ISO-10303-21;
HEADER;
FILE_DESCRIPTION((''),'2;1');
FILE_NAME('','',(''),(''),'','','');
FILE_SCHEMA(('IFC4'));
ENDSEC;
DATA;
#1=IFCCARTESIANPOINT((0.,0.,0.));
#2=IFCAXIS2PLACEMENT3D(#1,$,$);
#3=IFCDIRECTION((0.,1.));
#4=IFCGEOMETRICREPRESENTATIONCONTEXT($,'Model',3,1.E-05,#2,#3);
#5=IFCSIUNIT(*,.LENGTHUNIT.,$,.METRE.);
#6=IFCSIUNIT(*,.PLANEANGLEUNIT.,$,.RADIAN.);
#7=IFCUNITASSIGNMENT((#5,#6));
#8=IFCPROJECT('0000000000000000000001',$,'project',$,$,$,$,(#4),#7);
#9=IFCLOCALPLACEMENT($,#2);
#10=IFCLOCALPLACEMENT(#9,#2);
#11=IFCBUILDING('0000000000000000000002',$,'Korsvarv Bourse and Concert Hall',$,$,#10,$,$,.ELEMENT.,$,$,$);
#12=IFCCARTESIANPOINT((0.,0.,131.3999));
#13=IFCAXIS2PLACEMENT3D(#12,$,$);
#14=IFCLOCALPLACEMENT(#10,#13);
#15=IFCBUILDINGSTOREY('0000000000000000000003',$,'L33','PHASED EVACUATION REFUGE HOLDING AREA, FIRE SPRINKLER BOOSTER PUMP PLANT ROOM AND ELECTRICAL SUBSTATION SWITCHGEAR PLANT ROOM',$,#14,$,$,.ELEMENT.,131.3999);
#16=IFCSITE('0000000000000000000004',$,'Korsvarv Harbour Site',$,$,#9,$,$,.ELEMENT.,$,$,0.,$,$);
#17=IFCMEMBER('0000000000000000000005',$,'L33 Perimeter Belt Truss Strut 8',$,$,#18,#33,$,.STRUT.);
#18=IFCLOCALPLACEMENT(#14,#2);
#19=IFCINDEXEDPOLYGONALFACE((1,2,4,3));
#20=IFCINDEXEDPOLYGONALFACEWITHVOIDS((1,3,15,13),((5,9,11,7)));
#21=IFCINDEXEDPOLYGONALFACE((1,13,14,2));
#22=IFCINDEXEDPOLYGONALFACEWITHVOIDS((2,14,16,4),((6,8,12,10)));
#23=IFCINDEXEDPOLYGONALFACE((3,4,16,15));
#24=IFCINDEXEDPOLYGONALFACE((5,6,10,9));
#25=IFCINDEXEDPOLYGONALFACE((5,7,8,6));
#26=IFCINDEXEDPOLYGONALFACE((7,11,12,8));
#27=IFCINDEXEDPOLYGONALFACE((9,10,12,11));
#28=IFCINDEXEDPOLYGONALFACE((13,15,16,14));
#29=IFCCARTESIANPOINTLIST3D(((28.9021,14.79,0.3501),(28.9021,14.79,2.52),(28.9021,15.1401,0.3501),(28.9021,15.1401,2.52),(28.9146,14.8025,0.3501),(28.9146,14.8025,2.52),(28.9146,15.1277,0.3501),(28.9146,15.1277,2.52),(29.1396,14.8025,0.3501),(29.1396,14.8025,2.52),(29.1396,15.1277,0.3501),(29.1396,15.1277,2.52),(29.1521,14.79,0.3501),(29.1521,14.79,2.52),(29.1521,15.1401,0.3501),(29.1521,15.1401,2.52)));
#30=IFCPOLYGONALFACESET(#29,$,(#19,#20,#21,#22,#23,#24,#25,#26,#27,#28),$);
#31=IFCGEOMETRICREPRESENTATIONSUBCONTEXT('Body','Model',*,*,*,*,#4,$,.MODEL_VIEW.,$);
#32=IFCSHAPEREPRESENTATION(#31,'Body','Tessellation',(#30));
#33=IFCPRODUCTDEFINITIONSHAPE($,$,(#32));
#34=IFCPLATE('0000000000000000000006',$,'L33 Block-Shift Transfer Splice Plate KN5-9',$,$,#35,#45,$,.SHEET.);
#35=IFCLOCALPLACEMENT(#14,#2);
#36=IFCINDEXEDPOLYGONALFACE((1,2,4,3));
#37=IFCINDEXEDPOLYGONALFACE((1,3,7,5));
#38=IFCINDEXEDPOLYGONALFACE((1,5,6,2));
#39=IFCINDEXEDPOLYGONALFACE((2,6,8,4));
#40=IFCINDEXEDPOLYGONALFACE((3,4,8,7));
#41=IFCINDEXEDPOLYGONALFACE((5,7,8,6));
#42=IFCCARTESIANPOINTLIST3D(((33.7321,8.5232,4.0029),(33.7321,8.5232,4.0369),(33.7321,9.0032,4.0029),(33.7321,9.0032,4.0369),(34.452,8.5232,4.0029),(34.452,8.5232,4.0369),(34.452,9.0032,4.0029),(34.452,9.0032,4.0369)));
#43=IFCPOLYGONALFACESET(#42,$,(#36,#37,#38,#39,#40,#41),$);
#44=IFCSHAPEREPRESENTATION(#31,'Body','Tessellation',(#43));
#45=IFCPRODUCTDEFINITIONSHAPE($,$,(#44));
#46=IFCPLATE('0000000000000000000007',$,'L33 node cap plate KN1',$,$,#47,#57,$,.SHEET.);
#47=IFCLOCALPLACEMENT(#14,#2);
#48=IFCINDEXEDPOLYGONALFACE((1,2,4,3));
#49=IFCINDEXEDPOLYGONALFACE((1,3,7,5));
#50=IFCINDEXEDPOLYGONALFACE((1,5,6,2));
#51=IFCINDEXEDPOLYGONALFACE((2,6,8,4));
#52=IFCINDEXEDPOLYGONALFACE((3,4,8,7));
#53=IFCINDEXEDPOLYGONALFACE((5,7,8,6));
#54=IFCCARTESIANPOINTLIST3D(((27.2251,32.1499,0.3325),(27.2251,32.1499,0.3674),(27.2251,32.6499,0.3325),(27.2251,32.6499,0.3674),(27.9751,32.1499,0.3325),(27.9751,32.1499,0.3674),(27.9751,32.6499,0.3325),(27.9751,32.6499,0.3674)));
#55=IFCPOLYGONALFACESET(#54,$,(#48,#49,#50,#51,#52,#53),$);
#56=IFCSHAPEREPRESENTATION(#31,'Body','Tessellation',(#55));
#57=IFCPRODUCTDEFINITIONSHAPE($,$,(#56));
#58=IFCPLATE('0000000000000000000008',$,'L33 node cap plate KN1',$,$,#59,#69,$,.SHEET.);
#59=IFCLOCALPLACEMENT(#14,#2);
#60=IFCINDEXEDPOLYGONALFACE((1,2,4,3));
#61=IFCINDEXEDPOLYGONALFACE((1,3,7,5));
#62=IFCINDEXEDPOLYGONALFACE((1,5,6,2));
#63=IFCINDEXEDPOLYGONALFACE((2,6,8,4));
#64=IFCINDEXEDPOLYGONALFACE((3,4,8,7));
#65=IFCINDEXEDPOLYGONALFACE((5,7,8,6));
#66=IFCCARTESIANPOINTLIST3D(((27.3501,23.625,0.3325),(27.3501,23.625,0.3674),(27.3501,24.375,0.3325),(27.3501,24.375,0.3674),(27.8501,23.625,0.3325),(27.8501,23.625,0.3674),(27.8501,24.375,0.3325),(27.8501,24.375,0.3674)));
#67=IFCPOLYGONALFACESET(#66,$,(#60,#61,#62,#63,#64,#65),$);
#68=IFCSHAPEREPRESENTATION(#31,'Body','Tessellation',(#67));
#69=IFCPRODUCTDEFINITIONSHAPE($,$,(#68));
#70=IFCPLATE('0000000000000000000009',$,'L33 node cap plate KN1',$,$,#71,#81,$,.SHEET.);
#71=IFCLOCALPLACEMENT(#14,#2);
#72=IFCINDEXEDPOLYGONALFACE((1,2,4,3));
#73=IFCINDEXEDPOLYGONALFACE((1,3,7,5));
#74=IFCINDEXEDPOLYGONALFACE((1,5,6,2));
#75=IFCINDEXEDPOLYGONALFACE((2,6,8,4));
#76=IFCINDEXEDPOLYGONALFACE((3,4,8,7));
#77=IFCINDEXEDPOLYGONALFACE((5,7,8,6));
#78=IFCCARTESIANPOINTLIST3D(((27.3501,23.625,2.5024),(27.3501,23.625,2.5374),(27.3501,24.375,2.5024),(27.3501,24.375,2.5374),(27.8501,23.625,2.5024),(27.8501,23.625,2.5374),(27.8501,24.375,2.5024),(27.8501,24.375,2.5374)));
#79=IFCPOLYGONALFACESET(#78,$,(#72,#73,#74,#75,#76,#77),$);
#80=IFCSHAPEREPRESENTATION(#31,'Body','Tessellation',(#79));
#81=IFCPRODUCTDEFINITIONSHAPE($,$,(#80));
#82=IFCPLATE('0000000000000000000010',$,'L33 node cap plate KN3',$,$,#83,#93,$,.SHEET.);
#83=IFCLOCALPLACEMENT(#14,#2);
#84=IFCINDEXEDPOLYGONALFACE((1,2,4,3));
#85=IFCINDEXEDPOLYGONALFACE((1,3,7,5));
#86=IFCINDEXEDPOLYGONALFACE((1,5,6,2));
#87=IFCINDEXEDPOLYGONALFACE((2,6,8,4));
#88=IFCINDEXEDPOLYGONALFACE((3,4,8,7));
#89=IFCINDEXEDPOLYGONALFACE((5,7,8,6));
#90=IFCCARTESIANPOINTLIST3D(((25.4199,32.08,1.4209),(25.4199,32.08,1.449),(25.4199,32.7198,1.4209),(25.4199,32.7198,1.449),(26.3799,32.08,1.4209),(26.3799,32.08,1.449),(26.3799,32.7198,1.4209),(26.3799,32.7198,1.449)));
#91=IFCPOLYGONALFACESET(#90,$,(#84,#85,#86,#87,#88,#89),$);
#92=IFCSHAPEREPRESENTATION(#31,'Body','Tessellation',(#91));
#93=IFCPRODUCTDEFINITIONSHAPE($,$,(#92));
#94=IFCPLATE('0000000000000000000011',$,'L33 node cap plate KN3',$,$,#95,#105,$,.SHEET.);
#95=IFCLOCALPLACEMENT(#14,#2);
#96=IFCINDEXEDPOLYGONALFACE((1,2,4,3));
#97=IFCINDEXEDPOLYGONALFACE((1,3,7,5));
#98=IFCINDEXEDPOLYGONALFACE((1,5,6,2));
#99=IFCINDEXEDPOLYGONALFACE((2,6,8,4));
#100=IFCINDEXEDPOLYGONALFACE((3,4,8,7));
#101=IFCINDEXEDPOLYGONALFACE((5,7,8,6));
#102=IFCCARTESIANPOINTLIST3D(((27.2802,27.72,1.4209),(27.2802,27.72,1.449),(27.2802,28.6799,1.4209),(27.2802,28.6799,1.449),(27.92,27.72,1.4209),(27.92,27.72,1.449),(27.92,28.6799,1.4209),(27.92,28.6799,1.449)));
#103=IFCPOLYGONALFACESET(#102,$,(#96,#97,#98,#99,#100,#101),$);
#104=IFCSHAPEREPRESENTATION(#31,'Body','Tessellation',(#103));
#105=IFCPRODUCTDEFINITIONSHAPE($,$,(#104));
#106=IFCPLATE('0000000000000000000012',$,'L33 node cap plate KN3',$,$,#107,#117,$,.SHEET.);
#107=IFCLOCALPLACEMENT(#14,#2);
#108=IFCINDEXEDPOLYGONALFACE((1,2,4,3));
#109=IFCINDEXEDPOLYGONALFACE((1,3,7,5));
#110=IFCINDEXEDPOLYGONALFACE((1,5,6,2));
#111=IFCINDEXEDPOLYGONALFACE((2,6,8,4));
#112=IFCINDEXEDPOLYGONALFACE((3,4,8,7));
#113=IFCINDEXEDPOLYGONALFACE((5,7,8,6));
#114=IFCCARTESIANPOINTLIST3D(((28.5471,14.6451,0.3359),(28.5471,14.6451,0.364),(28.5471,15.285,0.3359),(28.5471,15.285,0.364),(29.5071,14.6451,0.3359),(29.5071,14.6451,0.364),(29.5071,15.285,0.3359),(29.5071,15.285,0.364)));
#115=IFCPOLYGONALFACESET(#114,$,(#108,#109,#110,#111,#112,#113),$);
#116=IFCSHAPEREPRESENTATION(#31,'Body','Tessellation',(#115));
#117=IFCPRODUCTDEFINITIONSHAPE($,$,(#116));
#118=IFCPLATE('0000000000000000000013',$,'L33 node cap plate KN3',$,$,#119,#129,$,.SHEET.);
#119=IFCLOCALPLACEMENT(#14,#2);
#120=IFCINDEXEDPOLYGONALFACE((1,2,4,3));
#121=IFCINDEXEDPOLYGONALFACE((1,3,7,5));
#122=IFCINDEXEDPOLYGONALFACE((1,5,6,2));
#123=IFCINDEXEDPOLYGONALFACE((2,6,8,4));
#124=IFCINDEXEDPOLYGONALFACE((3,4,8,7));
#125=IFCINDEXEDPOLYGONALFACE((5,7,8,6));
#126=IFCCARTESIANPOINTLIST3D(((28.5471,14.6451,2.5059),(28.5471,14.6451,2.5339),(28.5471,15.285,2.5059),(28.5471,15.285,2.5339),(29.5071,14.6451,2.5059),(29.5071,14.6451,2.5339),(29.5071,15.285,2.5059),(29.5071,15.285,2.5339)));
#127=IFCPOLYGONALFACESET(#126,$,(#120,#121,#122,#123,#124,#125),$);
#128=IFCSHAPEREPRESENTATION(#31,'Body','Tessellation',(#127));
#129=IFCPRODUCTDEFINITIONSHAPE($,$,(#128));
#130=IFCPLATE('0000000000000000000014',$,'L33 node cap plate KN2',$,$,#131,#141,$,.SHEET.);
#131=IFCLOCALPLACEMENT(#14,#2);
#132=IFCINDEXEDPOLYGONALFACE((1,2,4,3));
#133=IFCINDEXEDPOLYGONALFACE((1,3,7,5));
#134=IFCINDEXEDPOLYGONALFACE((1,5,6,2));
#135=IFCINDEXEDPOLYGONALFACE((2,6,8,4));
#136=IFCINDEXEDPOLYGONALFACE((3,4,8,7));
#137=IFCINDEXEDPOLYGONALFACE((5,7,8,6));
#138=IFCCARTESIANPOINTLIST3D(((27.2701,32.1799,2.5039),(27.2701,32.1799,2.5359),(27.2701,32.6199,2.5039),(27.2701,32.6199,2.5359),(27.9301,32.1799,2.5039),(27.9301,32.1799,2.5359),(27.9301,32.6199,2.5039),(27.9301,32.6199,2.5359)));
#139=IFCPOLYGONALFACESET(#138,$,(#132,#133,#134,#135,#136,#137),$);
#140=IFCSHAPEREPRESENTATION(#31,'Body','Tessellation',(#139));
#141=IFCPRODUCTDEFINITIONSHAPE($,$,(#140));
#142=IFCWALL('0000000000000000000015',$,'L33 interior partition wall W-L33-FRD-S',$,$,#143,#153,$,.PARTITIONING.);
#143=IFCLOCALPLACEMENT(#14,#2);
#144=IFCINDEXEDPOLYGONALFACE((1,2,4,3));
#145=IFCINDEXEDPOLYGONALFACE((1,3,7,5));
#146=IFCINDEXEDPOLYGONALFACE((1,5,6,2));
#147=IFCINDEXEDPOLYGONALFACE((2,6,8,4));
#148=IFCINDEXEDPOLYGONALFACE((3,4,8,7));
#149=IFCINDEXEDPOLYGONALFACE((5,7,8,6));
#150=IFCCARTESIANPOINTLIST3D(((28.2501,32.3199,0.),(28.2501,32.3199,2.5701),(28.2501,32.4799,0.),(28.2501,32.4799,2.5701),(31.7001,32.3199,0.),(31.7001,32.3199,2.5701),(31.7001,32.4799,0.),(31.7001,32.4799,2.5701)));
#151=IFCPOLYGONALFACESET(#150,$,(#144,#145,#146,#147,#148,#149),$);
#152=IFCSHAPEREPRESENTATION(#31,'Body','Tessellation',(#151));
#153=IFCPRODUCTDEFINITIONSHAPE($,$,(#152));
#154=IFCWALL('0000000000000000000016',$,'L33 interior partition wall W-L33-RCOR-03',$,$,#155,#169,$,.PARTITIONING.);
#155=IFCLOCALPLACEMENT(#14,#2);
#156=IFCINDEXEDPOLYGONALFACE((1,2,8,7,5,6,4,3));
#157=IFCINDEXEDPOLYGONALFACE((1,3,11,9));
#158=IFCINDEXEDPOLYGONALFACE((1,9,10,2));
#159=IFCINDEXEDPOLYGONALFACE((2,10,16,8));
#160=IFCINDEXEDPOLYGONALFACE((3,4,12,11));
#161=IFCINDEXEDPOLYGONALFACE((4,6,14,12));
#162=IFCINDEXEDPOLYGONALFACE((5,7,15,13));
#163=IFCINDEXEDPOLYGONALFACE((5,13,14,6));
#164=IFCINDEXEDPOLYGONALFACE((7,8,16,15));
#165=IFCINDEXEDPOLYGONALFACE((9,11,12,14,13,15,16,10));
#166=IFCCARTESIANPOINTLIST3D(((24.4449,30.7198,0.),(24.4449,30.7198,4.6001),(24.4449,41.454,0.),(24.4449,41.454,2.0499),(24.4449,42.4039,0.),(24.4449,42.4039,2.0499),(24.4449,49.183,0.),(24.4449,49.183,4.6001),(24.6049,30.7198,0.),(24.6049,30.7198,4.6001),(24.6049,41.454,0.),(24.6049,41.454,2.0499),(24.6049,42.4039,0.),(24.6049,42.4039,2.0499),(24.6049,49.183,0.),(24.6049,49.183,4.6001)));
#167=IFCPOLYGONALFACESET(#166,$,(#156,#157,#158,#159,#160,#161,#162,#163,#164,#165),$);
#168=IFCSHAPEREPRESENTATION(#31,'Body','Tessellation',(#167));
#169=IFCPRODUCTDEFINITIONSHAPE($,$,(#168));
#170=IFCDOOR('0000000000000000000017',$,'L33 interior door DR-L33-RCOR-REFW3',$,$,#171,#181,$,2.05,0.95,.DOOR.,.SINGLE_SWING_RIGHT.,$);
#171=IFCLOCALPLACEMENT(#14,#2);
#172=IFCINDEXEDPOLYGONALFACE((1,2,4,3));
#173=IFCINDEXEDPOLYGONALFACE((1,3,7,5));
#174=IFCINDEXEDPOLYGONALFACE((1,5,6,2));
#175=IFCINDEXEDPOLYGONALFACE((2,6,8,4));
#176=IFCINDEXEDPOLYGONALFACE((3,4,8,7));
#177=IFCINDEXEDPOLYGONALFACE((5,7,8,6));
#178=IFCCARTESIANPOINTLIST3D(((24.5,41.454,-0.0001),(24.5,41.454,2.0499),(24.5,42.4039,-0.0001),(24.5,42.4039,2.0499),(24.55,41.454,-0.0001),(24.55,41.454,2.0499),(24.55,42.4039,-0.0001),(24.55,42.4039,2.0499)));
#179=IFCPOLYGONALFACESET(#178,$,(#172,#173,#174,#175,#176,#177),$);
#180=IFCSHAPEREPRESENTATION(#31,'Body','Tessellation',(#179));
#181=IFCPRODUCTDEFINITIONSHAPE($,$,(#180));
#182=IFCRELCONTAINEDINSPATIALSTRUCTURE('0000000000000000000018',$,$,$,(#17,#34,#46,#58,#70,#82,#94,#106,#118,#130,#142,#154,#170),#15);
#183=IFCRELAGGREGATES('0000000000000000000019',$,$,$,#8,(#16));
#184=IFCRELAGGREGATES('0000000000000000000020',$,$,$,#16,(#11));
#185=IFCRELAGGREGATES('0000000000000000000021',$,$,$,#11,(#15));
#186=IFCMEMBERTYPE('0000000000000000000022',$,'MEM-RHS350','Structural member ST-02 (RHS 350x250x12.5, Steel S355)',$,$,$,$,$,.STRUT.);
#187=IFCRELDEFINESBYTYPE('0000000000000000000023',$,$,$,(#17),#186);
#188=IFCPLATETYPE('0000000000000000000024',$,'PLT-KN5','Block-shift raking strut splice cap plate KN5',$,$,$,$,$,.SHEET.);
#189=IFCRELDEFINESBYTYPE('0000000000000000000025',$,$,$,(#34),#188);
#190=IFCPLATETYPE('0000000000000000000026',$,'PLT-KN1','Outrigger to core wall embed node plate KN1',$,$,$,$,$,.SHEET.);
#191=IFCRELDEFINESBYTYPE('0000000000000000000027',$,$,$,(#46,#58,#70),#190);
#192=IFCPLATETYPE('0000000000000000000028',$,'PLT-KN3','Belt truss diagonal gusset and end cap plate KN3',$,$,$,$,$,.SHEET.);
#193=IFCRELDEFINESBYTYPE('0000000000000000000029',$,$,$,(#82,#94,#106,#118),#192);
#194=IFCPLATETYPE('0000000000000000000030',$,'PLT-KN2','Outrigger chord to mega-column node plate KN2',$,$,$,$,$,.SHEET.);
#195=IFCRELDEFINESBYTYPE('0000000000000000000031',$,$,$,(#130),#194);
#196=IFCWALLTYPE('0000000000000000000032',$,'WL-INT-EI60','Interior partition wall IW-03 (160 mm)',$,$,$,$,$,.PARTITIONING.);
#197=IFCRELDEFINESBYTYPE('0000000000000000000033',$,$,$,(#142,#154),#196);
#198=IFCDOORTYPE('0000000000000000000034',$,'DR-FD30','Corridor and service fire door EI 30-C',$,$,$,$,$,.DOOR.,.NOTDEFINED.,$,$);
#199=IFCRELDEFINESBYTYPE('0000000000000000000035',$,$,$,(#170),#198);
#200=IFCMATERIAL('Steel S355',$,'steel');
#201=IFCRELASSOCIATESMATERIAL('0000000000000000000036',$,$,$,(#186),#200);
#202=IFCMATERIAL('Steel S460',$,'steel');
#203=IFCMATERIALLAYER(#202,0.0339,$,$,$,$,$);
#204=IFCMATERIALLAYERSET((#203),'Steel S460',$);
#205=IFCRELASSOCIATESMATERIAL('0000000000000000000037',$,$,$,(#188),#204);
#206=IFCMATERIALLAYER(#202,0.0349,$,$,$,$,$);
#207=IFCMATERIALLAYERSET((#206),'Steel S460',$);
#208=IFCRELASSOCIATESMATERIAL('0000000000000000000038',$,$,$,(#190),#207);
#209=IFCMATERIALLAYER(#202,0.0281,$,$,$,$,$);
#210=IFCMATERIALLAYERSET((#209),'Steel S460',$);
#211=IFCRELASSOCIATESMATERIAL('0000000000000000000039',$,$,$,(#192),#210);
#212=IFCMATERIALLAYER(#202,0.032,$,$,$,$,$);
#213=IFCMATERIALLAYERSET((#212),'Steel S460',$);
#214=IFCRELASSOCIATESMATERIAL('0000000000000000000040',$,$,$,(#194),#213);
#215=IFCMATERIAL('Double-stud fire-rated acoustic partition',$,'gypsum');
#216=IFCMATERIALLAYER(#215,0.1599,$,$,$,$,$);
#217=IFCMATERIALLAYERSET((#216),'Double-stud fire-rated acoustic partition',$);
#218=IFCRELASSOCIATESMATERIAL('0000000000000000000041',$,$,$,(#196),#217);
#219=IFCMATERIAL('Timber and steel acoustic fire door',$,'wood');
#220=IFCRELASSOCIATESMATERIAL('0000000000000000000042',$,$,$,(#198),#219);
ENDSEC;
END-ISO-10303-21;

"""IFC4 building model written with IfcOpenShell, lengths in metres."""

from ifc_helpers import new_model, si_unit, direction, frame, frame_2d, origin, origin_2d, place, context, subcontext, project, spatial, rectangle, hollow_rectangle, extrude, source, transform, mapped, material, layer, layer_set, material_profile, profile_set, type_object, element, fill, save


model = new_model("IFC4")

# Units and contexts
model_context = context("Model", 3, precision=1e-05, world=origin(), true_north=direction((0.0, 1.0)))
body_context = subcontext(model_context, "Body", "Model", "MODEL_VIEW")
ifc_project = project(units=[si_unit("LENGTHUNIT", "METRE"), si_unit("PLANEANGLEUNIT", "RADIAN")], contexts=[model_context])

# Site, building, storey
site_placement = place(None, origin())
site = spatial("IfcSite", under=ifc_project, at=site_placement, Name="Korsvarv Harbour Site", CompositionType="ELEMENT", RefElevation=0.0)
building_placement = place(site_placement, origin())
building = spatial("IfcBuilding", under=site, at=building_placement, Name="Korsvarv Bourse and Concert Hall", CompositionType="ELEMENT")
storey_placement = place(building_placement, frame((0.0, 0.0, 131.3999)))
storey = spatial("IfcBuildingStorey", under=building, at=storey_placement, Name="L33", Description="PHASED EVACUATION REFUGE HOLDING AREA, FIRE SPRINKLER BOOSTER PUMP PLANT ROOM AND ELECTRICAL SUBSTATION SWITCHGEAR PLANT ROOM", CompositionType="ELEMENT", Elevation=131.3999)

# Shared definitions
ifc_material_1 = material(Name="Steel S460", Category="steel")

# Member
ifc_material_2 = material(Name="Steel S355", Category="steel")
ifc_material_profile_1 = material_profile(ifc_material_2, hollow_rectangle(XDim=0.25, YDim=0.3501, WallThickness=0.0125, at=origin_2d()), Name="RHS 350x250x12.5")
ifc_profile_set_1 = profile_set([ifc_material_profile_1], Name="Steel S355")
member_type_1 = type_object("IfcMemberType", Name="MEM-RHS350", Description="Structural member ST-02 (RHS 350x250x12.5, Steel S355)", PredefinedType="STRUT", material=ifc_profile_set_1)
shared_shape_1 = source(origin(), body_context, "Body", "SweptSolid", [
    extrude(hollow_rectangle(XDim=0.25, YDim=0.3501, WallThickness=0.0125, at=origin_2d()), origin(), (0.0, 0.0, 1.0), 2.1699),
])
member_1_placement = place(storey_placement, frame((29.0271, 14.9651, 0.3501), z_axis=(0.0, 0.0, 1.0), x_axis=(1.0, 0.0, 0.0)))
element("IfcMember", 1, at=member_1_placement, inside=storey, type_object=member_type_1, Name="L33 Perimeter Belt Truss Strut 8", PredefinedType="STRUT", context=body_context, shape_type="MappedRepresentation", body=[
    mapped(shared_shape_1, transform((0.0, 0.0, 0.0), scale=1.0)),
])

# Plates
ifc_layer_1 = layer(ifc_material_1, 0.0339)
ifc_layer_set_1 = layer_set([ifc_layer_1], Name="Steel S460")
plate_type_1 = type_object("IfcPlateType", Name="PLT-KN5", Description="Block-shift raking strut splice cap plate KN5", PredefinedType="SHEET", material=ifc_layer_set_1)
shared_shape_2 = source(origin(), body_context, "Body", "SweptSolid", [
    extrude(rectangle(XDim=0.72, YDim=0.48, at=origin_2d()), origin(), (0.0, 0.0, 1.0), 0.0339),
])
plate_1_placement = place(storey_placement, frame((34.092, 8.7632, 4.0029), z_axis=(0.0, 0.0, 1.0), x_axis=(1.0, 0.0, 0.0)))
element("IfcPlate", 2, at=plate_1_placement, inside=storey, type_object=plate_type_1, Name="L33 Block-Shift Transfer Splice Plate KN5-9", PredefinedType="SHEET", context=body_context, shape_type="MappedRepresentation", body=[
    mapped(shared_shape_2, transform((0.0, 0.0, 0.0), scale=1.0)),
])
ifc_layer_2 = layer(ifc_material_1, 0.0349)
ifc_layer_set_2 = layer_set([ifc_layer_2], Name="Steel S460")
plate_type_2 = type_object("IfcPlateType", Name="PLT-KN1", Description="Outrigger to core wall embed node plate KN1", PredefinedType="SHEET", material=ifc_layer_set_2)
shared_shape_3 = source(origin(), body_context, "Body", "SweptSolid", [
    extrude(rectangle(XDim=0.75, YDim=0.5, at=origin_2d()), origin(), (0.0, 0.0, 1.0), 0.0349),
])
for number, where, z_axis, x_axis, name in (
    (3, (27.6001, 32.3999, 0.3325), (0.0, 0.0, 1.0), (1.0, 0.0, 0.0), "L33 node cap plate KN1"),
    (4, (27.6001, 24.0, 0.3325), (0.0, 0.0, 1.0), (0.0, 1.0, 0.0), "L33 node cap plate KN1"),
    (5, (27.6001, 24.0, 2.5024), (0.0, 0.0, 1.0), (0.0, 1.0, 0.0), "L33 node cap plate KN1"),
):
    element("IfcPlate", number, at=place(storey_placement, frame(where, z_axis=z_axis, x_axis=x_axis)), inside=storey, type_object=plate_type_2, Name=name, PredefinedType="SHEET", context=body_context, shape_type="MappedRepresentation", body=[
        mapped(shared_shape_3, transform((0.0, 0.0, 0.0), scale=1.0)),
    ])
ifc_layer_3 = layer(ifc_material_1, 0.0281)
ifc_layer_set_3 = layer_set([ifc_layer_3], Name="Steel S460")
plate_type_3 = type_object("IfcPlateType", Name="PLT-KN3", Description="Belt truss diagonal gusset and end cap plate KN3", PredefinedType="SHEET", material=ifc_layer_set_3)
shared_shape_4 = source(origin(), body_context, "Body", "SweptSolid", [
    extrude(rectangle(XDim=0.96, YDim=0.6399, at=origin_2d()), origin(), (0.0, 0.0, 1.0), 0.0281),
])
for number, where, z_axis, x_axis, name in (
    (6, (25.8999, 32.3999, 1.4209), (0.0, 0.0, 1.0), (1.0, 0.0, 0.0), "L33 node cap plate KN3"),
    (7, (27.6001, 28.2, 1.4209), (0.0, 0.0, 1.0), (0.0, 1.0, 0.0), "L33 node cap plate KN3"),
    (8, (29.0271, 14.9651, 0.3359), (0.0, 0.0, 1.0), (1.0, 0.0, 0.0), "L33 node cap plate KN3"),
    (9, (29.0271, 14.9651, 2.5059), (0.0, 0.0, 1.0), (1.0, 0.0, 0.0), "L33 node cap plate KN3"),
):
    element("IfcPlate", number, at=place(storey_placement, frame(where, z_axis=z_axis, x_axis=x_axis)), inside=storey, type_object=plate_type_3, Name=name, PredefinedType="SHEET", context=body_context, shape_type="MappedRepresentation", body=[
        mapped(shared_shape_4, transform((0.0, 0.0, 0.0), scale=1.0)),
    ])
ifc_layer_4 = layer(ifc_material_1, 0.032)
ifc_layer_set_4 = layer_set([ifc_layer_4], Name="Steel S460")
plate_type_4 = type_object("IfcPlateType", Name="PLT-KN2", Description="Outrigger chord to mega-column node plate KN2", PredefinedType="SHEET", material=ifc_layer_set_4)
shared_shape_5 = source(origin(), body_context, "Body", "SweptSolid", [
    extrude(rectangle(XDim=0.6599, YDim=0.4399, at=origin_2d()), origin(), (0.0, 0.0, 1.0), 0.032),
])
plate_2_placement = place(storey_placement, frame((27.6001, 32.3999, 2.5039), z_axis=(0.0, 0.0, 1.0), x_axis=(1.0, 0.0, 0.0)))
element("IfcPlate", 10, at=plate_2_placement, inside=storey, type_object=plate_type_4, Name="L33 node cap plate KN2", PredefinedType="SHEET", context=body_context, shape_type="MappedRepresentation", body=[
    mapped(shared_shape_5, transform((0.0, 0.0, 0.0), scale=1.0)),
])

# Wall
ifc_material_3 = material(Name="Double-stud fire-rated acoustic partition", Category="gypsum")
ifc_layer_5 = layer(ifc_material_3, 0.1599)
ifc_layer_set_5 = layer_set([ifc_layer_5], Name="Double-stud fire-rated acoustic partition")
wall_type_1 = type_object("IfcWallType", Name="WL-INT-EI60", Description="Interior partition wall IW-03 (160 mm)", PredefinedType="PARTITIONING", material=ifc_layer_set_5)
wall_1_placement = place(storey_placement, frame((28.25, 32.3999, 0.0), z_axis=(0.0, 0.0, 1.0), x_axis=(1.0, 0.0, 0.0)))
element("IfcWall", 11, at=wall_1_placement, inside=storey, type_object=wall_type_1, Name="L33 interior partition wall W-L33-FRD-S", PredefinedType="PARTITIONING", context=body_context, shape_type="SweptSolid", body=[
    extrude(rectangle(XDim=3.45, YDim=0.1599, at=frame_2d((1.7251, 0.0))), origin(), (0.0, 0.0, 1.0), 2.5701),
])

# Wall, opening, door
wall_2_placement = place(storey_placement, frame((24.5249, 30.72, 0.0), z_axis=(0.0, 0.0, 1.0), x_axis=(0.0, 1.0, 0.0)))
wall_2 = element("IfcWall", 12, at=wall_2_placement, inside=storey, type_object=wall_type_1, Name="L33 interior partition wall W-L33-RCOR-03", PredefinedType="PARTITIONING", context=body_context, shape_type="SweptSolid", body=[
    extrude(rectangle(XDim=18.4631, YDim=0.1599, at=frame_2d((9.2314, 0.0))), origin(), (0.0, 0.0, 1.0), 4.6001),
])
opening_placement = place(wall_2_placement, frame((10.7339, 0.0, 0.0)))
opening = element("IfcOpeningElement", 13, at=opening_placement, cuts=wall_2, PredefinedType="OPENING", context=body_context, shape_type="SweptSolid", body=[
    extrude(rectangle(XDim=0.95, YDim=2.05, at=frame_2d((0.4751, 1.0249))), frame((0.0, 0.0898, 0.0), z_axis=(0.0, -1.0, 0.0), x_axis=(1.0, 0.0, 0.0)), (0.0, 0.0, 1.0), 0.1799),
])
ifc_material_4 = material(Name="Timber and steel acoustic fire door", Category="wood")
door_type = type_object("IfcDoorType", Name="DR-FD30", Description="Corridor and service fire door EI 30-C", OperationType="NOTDEFINED", PredefinedType="DOOR", material=ifc_material_4)
door_placement = place(opening_placement, origin())
door = element("IfcDoor", 14, at=door_placement, inside=storey, type_object=door_type, Name="L33 interior door DR-L33-RCOR-REFW3", OperationType="SINGLE_SWING_RIGHT", OverallHeight=2.05, OverallWidth=0.95, PredefinedType="DOOR", context=body_context, shape_type="SweptSolid", body=[
    extrude(rectangle(XDim=0.95, YDim=2.05, at=frame_2d((0.4751, 1.0249))), frame((0.0, 0.0249, 0.0), z_axis=(0.0, -1.0, 0.0), x_axis=(1.0, 0.0, 0.0)), (0.0, 0.0, 1.0), 0.05),
])
fill(opening, door)

save(model, "model.ifc")
